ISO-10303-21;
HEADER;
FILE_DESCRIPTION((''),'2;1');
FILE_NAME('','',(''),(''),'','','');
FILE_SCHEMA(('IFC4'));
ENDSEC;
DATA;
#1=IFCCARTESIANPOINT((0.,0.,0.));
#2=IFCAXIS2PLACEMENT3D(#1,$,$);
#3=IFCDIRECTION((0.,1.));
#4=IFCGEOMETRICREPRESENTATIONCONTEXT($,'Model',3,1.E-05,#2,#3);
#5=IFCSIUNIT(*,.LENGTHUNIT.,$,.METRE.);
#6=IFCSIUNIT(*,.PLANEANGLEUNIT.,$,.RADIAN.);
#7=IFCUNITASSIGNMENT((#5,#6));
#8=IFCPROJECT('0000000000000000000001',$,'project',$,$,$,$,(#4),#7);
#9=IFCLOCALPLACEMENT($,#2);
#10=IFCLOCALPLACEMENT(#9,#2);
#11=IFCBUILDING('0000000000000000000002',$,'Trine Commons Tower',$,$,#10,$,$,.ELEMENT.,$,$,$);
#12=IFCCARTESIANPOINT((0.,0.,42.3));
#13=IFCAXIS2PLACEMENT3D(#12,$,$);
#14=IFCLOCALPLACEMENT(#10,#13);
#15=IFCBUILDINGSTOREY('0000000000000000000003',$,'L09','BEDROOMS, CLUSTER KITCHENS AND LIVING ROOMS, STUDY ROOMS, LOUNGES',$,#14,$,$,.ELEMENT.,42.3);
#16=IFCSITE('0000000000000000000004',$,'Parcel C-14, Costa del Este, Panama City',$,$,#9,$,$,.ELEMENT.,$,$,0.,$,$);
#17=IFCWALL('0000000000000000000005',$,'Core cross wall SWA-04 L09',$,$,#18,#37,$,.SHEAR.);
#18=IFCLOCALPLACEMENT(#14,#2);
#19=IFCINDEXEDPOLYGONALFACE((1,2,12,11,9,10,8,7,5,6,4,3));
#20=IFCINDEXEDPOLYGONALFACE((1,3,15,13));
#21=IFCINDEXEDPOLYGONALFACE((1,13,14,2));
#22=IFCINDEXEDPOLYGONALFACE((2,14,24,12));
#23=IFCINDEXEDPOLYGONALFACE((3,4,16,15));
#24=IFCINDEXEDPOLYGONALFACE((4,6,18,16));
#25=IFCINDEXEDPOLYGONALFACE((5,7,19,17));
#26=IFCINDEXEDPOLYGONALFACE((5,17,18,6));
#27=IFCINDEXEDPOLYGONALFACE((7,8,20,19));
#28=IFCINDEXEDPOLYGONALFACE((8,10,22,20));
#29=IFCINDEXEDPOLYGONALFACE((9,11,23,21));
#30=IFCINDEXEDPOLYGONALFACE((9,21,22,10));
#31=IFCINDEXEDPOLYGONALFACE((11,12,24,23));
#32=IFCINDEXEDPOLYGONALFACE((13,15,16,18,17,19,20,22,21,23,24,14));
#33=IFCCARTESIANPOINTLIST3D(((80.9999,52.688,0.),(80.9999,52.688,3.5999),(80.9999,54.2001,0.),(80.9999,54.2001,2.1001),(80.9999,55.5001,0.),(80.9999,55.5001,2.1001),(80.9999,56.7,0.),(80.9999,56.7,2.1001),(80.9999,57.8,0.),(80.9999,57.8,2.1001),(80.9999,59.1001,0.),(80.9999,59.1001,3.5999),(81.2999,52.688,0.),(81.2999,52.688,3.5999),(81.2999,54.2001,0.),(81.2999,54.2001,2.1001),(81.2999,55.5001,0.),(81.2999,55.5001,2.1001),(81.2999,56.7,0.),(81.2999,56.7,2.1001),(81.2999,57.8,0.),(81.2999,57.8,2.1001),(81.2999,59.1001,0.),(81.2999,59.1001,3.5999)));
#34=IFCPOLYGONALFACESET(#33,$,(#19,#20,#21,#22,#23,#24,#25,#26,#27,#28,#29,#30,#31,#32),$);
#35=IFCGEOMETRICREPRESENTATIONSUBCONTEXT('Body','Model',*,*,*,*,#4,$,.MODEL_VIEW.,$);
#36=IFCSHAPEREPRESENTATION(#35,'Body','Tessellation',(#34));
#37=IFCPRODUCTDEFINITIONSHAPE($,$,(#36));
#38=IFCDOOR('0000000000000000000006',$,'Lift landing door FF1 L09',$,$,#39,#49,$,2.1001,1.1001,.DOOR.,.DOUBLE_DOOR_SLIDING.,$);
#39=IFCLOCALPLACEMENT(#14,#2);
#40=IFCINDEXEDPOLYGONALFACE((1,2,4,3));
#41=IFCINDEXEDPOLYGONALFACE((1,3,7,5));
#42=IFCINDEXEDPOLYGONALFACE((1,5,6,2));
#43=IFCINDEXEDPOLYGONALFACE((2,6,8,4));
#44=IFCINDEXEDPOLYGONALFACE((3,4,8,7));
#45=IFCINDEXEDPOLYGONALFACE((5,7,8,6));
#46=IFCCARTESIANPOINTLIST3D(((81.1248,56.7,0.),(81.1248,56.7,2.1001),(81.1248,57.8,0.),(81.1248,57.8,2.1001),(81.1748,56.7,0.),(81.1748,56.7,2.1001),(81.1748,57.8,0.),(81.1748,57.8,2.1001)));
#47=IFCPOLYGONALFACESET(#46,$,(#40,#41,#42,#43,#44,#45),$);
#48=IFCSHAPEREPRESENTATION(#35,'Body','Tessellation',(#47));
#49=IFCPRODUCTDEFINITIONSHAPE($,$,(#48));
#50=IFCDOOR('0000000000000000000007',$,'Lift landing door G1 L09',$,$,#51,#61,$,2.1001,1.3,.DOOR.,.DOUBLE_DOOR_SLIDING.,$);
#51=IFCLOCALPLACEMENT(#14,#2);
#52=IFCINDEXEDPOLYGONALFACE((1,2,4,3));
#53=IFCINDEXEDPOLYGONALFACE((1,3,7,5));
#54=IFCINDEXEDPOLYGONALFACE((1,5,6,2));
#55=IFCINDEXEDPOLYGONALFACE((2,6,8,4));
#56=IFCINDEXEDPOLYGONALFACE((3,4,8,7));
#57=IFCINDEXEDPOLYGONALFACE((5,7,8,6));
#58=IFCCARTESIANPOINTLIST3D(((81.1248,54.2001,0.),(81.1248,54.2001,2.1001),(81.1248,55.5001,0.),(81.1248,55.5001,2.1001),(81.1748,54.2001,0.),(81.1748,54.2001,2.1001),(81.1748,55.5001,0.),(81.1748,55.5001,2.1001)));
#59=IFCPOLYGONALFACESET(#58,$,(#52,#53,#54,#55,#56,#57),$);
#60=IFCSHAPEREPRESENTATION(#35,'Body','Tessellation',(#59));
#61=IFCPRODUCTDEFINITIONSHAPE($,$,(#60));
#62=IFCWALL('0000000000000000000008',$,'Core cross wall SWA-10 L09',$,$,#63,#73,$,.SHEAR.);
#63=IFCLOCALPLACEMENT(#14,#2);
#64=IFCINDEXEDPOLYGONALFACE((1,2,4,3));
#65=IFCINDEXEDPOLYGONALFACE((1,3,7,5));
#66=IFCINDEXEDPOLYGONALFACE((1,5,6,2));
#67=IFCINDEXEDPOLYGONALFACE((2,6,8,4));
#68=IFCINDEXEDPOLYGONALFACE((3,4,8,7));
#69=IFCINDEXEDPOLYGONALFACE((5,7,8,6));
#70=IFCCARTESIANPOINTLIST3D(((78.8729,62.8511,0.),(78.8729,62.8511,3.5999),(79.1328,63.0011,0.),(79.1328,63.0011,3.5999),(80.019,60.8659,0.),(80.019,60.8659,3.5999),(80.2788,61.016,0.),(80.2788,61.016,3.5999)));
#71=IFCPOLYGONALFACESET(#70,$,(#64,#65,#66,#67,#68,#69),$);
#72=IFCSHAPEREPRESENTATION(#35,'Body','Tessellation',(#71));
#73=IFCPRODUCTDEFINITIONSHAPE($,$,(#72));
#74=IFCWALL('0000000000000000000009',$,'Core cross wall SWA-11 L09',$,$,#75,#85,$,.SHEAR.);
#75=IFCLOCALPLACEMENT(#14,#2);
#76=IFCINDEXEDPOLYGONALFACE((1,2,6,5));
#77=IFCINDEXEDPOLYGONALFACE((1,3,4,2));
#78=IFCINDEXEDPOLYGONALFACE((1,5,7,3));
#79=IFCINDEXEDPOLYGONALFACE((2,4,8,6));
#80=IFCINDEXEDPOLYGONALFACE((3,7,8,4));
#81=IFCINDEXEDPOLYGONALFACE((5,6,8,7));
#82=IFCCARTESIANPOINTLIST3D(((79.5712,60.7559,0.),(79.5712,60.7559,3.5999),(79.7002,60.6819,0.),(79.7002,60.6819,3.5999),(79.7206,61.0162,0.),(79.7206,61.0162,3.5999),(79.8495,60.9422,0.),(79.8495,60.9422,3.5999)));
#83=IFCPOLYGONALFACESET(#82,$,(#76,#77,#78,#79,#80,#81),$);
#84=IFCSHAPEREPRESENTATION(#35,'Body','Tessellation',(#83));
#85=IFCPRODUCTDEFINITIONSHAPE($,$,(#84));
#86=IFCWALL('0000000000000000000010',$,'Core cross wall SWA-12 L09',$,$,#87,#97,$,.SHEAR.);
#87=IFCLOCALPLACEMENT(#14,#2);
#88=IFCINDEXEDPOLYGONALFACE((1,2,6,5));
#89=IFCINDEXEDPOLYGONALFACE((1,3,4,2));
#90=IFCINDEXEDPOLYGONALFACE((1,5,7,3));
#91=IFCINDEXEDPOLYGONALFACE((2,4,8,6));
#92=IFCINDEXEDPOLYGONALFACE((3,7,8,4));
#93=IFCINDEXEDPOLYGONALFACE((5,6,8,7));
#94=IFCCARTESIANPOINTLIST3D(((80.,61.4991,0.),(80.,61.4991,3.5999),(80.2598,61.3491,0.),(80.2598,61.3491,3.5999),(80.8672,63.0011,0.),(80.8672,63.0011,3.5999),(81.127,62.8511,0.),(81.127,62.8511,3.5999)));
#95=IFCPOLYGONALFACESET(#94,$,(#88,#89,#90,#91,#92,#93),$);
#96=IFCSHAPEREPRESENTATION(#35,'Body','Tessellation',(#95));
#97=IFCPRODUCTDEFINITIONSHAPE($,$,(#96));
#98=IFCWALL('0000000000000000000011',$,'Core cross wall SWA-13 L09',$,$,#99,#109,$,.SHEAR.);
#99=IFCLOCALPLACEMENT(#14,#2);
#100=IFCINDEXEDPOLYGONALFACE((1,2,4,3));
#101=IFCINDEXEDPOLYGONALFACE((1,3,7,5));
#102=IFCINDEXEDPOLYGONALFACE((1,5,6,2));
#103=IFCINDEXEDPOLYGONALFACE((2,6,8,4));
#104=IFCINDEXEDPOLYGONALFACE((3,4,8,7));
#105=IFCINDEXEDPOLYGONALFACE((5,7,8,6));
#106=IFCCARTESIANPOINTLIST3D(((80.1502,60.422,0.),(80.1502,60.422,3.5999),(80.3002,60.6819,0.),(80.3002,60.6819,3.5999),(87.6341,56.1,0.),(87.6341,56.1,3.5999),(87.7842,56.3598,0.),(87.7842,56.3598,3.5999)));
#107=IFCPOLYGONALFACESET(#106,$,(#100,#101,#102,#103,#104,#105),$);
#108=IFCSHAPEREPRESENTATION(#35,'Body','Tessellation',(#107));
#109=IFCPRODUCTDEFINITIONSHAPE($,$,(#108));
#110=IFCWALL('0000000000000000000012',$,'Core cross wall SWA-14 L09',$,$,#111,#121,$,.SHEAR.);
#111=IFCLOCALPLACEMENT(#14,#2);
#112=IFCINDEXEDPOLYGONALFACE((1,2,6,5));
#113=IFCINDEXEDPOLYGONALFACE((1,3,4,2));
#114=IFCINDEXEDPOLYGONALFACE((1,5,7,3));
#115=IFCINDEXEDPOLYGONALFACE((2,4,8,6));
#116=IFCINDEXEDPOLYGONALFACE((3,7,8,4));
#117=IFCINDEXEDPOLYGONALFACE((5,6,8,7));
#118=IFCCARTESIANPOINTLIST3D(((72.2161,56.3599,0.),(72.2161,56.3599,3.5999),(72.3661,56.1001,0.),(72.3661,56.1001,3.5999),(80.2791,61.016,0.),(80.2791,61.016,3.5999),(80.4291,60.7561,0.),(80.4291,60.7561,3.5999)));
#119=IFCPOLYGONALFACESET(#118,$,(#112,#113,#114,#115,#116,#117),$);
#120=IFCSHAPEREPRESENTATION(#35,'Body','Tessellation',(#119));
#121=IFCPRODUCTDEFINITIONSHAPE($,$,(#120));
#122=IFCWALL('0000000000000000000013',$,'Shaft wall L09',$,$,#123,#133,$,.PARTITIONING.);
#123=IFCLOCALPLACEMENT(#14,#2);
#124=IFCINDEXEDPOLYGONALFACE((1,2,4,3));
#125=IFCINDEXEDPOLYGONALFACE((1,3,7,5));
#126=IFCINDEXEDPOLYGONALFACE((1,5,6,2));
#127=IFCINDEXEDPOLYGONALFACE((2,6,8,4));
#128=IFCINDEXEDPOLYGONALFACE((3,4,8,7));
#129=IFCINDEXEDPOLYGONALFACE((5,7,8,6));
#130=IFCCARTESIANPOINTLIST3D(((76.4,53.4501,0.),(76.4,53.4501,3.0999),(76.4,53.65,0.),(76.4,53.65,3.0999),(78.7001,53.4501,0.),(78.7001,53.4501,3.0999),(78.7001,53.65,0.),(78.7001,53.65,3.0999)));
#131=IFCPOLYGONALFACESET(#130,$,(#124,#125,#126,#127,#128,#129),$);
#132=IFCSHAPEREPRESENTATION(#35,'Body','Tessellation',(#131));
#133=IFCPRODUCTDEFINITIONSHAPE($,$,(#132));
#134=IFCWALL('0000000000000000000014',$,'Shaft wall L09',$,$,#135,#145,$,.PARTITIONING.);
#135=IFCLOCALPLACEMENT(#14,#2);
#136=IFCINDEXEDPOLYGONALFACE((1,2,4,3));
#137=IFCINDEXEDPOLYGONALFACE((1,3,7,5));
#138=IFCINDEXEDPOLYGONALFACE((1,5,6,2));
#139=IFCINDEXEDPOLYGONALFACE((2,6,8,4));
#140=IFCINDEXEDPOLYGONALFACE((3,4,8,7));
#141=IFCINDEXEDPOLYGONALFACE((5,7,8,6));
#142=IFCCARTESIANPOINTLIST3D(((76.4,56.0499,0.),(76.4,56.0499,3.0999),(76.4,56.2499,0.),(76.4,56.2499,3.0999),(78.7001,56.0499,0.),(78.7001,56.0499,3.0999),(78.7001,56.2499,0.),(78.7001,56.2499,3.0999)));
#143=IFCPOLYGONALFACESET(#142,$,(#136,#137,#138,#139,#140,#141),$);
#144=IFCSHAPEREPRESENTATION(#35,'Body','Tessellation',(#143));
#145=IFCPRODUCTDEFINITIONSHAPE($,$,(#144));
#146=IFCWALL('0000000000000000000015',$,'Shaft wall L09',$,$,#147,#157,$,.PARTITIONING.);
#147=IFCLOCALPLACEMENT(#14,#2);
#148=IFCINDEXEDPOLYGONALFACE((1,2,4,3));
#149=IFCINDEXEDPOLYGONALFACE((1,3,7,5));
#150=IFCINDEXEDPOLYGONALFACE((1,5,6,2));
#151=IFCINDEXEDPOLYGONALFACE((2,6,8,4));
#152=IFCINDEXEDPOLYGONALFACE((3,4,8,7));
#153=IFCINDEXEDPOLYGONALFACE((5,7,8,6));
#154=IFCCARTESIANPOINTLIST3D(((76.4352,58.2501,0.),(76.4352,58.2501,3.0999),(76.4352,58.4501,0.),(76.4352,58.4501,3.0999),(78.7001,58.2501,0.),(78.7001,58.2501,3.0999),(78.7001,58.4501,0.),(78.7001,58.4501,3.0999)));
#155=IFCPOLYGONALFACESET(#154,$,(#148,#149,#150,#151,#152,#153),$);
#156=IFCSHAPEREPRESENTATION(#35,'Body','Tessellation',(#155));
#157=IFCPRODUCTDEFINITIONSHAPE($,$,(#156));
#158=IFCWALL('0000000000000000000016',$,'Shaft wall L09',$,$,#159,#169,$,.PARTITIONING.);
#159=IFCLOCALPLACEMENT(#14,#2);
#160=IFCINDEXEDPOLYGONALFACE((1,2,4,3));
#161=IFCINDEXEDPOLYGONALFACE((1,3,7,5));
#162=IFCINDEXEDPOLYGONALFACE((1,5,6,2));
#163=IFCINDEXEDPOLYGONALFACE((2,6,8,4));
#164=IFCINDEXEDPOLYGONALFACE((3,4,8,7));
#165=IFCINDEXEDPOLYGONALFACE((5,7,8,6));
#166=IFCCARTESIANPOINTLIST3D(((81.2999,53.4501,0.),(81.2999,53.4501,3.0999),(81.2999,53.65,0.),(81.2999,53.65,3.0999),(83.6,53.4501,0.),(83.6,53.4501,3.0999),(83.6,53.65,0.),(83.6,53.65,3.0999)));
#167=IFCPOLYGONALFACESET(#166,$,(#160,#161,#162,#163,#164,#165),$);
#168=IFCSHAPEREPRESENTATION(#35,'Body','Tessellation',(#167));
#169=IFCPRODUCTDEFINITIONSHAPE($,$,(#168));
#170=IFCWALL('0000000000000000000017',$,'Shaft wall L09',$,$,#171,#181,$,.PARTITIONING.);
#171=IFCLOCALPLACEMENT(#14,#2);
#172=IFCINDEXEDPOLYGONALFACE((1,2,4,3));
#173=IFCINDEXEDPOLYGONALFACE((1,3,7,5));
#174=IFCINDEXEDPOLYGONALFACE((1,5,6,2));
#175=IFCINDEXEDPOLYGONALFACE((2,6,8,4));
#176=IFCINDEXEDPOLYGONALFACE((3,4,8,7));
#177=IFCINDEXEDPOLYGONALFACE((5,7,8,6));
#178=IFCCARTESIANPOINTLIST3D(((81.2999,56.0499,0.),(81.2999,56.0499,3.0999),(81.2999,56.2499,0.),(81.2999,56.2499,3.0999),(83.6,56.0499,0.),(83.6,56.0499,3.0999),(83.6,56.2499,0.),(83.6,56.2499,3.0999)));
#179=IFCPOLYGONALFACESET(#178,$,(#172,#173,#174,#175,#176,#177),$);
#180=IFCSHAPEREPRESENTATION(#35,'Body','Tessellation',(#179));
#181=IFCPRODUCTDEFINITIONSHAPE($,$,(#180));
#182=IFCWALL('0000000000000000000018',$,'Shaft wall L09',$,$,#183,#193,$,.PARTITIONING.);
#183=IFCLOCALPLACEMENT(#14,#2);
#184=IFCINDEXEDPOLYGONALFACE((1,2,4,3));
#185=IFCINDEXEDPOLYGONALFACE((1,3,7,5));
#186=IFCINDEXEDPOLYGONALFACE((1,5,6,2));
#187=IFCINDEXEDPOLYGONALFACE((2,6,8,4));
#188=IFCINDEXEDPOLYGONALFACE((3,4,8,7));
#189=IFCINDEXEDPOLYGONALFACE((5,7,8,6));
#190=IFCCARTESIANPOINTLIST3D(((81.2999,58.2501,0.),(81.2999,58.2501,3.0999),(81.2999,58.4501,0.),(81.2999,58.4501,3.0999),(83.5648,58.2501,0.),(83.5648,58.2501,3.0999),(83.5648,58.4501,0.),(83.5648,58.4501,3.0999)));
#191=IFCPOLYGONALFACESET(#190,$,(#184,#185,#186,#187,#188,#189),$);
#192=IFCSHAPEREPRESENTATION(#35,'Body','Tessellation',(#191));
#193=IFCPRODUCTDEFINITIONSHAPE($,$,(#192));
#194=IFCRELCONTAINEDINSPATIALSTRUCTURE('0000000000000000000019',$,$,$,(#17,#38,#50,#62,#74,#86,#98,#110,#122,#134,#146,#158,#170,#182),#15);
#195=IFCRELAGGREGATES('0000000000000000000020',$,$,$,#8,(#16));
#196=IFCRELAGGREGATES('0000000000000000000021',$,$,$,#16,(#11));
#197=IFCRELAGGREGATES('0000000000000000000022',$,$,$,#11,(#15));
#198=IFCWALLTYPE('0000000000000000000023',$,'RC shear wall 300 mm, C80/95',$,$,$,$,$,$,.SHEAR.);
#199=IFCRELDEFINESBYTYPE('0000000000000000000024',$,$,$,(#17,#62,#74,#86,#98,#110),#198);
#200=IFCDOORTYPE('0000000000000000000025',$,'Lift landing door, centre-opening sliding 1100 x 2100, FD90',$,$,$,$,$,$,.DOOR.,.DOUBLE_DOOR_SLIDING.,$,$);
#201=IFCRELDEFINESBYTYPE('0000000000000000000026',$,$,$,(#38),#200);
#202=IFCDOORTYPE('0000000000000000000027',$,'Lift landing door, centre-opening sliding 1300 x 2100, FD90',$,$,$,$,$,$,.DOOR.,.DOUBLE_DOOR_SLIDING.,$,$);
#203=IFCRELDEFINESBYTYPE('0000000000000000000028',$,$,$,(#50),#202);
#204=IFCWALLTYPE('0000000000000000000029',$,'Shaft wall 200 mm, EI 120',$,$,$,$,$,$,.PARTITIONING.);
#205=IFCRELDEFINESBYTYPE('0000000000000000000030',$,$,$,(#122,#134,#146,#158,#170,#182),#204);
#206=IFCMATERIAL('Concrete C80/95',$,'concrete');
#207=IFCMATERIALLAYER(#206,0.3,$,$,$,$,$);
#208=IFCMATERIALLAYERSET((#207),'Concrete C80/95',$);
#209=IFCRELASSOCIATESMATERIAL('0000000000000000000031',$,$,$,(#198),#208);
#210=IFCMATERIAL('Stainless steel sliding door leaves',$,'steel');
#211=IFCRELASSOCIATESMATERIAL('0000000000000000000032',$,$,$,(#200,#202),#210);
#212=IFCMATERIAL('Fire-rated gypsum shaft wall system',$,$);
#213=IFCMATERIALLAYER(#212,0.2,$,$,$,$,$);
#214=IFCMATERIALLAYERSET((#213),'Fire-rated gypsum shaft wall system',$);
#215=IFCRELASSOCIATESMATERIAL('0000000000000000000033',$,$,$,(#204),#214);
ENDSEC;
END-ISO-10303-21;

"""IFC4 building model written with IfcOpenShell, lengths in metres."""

from ifc_helpers import new_model, si_unit, direction, frame, frame_2d, origin, place, context, subcontext, project, spatial, rectangle, extrude, material, layer, layer_set, type_object, element, fill, save


model = new_model("IFC4")

# Units and contexts
model_context = context("Model", 3, precision=1e-05, world=origin(), true_north=direction((0.0, 1.0)))
body_context = subcontext(model_context, "Body", "Model", "MODEL_VIEW")
ifc_project = project(units=[si_unit("LENGTHUNIT", "METRE"), si_unit("PLANEANGLEUNIT", "RADIAN")], contexts=[model_context])

# Site, building, storey
site_placement = place(None, origin())
site = spatial("IfcSite", under=ifc_project, at=site_placement, Name="Parcel C-14, Costa del Este, Panama City", CompositionType="ELEMENT", RefElevation=0.0)
building_placement = place(site_placement, origin())
building = spatial("IfcBuilding", under=site, at=building_placement, Name="Trine Commons Tower", CompositionType="ELEMENT")
storey_placement = place(building_placement, frame((0.0, 0.0, 42.3)))
storey = spatial("IfcBuildingStorey", under=building, at=storey_placement, Name="L09", Description="BEDROOMS, CLUSTER KITCHENS AND LIVING ROOMS, STUDY ROOMS, LOUNGES", CompositionType="ELEMENT", Elevation=42.3)

# Shared definitions
ifc_material_1 = material(Name="Fire-rated gypsum shaft wall system")

# Wall, openings, doors
ifc_material_2 = material(Name="Concrete C80/95", Category="concrete")
ifc_layer_1 = layer(ifc_material_2, 0.3)
ifc_layer_set_1 = layer_set([ifc_layer_1], Name="Concrete C80/95")
wall_type_1 = type_object("IfcWallType", Name="RC shear wall 300 mm, C80/95", PredefinedType="SHEAR", material=ifc_layer_set_1)
ifc_material_3 = material(Name="Stainless steel sliding door leaves", Category="steel")
door_type_1 = type_object("IfcDoorType", Name="Lift landing door, centre-opening sliding 1100 x 2100, FD90", OperationType="DOUBLE_DOOR_SLIDING", PredefinedType="DOOR", material=ifc_material_3)
wall_1_placement = place(storey_placement, frame((81.1499, 59.1001, 0.0), z_axis=(0.0, 0.0, 1.0), x_axis=(0.0, -1.0, 0.0)))
wall_1 = element("IfcWall", 1, at=wall_1_placement, inside=storey, type_object=wall_type_1, Name="Core cross wall SWA-04 L09", PredefinedType="SHEAR", context=body_context, shape_type="SweptSolid", body=[
    extrude(rectangle(XDim=6.4121, YDim=0.3, at=frame_2d((3.2061, 0.0))), origin(), (0.0, 0.0, 1.0), 3.5999),
])
opening_1_placement = place(wall_1_placement, frame((3.6001, 0.0, 0.0)))
opening_1 = element("IfcOpeningElement", 2, at=opening_1_placement, cuts=wall_1, PredefinedType="OPENING", context=body_context, shape_type="SweptSolid", body=[
    extrude(rectangle(XDim=1.3, YDim=2.1001, at=frame_2d((0.6499, 1.05))), frame((0.0, 0.1599, 0.0), z_axis=(0.0, -1.0, 0.0), x_axis=(1.0, 0.0, 0.0)), (0.0, 0.0, 1.0), 0.3201),
])
opening_2_placement = place(wall_1_placement, frame((1.3, 0.0, 0.0)))
opening_2 = element("IfcOpeningElement", 3, at=opening_2_placement, cuts=wall_1, PredefinedType="OPENING", context=body_context, shape_type="SweptSolid", body=[
    extrude(rectangle(XDim=1.1001, YDim=2.1001, at=frame_2d((0.55, 1.05))), frame((0.0, 0.1599, 0.0), z_axis=(0.0, -1.0, 0.0), x_axis=(1.0, 0.0, 0.0)), (0.0, 0.0, 1.0), 0.3201),
])
door_1_placement = place(opening_2_placement, origin())
door_1 = element("IfcDoor", 4, at=door_1_placement, inside=storey, type_object=door_type_1, Name="Lift landing door FF1 L09", OperationType="DOUBLE_DOOR_SLIDING", OverallHeight=2.1001, OverallWidth=1.1001, PredefinedType="DOOR", context=body_context, shape_type="SweptSolid", body=[
    extrude(rectangle(XDim=1.1001, YDim=2.1001, at=frame_2d((0.55, 1.05))), frame((0.0, 0.0249, 0.0), z_axis=(0.0, -1.0, 0.0), x_axis=(1.0, 0.0, 0.0)), (0.0, 0.0, 1.0), 0.05),
])
fill(opening_2, door_1)
door_type_2 = type_object("IfcDoorType", Name="Lift landing door, centre-opening sliding 1300 x 2100, FD90", OperationType="DOUBLE_DOOR_SLIDING", PredefinedType="DOOR", material=ifc_material_3)
door_2_placement = place(opening_1_placement, origin())
door_2 = element("IfcDoor", 5, at=door_2_placement, inside=storey, type_object=door_type_2, Name="Lift landing door G1 L09", OperationType="DOUBLE_DOOR_SLIDING", OverallHeight=2.1001, OverallWidth=1.3, PredefinedType="DOOR", context=body_context, shape_type="SweptSolid", body=[
    extrude(rectangle(XDim=1.3, YDim=2.1001, at=frame_2d((0.6499, 1.05))), frame((0.0, 0.0249, 0.0), z_axis=(0.0, -1.0, 0.0), x_axis=(1.0, 0.0, 0.0)), (0.0, 0.0, 1.0), 0.05),
])
fill(opening_1, door_2)

# Walls
wall_2_placement = place(storey_placement, frame((79.0029, 62.926, 0.0), z_axis=(0.0, 0.0, 1.0), x_axis=(0.499965, -0.866045, 0.0)))
element("IfcWall", 6, at=wall_2_placement, inside=storey, type_object=wall_type_1, Name="Core cross wall SWA-10 L09", PredefinedType="SHEAR", context=body_context, shape_type="SweptSolid", body=[
    extrude(rectangle(XDim=2.2922, YDim=0.3, at=frame_2d((1.146, 0.0))), origin(), (0.0, 0.0, 1.0), 3.5999),
])
wall_3_placement = place(storey_placement, frame((79.646, 60.886, 0.0), z_axis=(0.0, 0.0, 1.0), x_axis=(0.867332, -0.49773, 0.0)))
element("IfcWall", 7, at=wall_3_placement, inside=storey, type_object=wall_type_1, Name="Core cross wall SWA-11 L09", PredefinedType="SHEAR", context=body_context, shape_type="SweptSolid", body=[
    extrude(rectangle(XDim=0.1487, YDim=0.3, at=frame_2d((0.0742, 0.0))), origin(), (0.0, 0.0, 1.0), 3.5999),
])
wall_4_placement = place(storey_placement, frame((80.1299, 61.4241, 0.0), z_axis=(0.0, 0.0, 1.0), x_axis=(0.500015, 0.866017, 0.0)))
element("IfcWall", 8, at=wall_4_placement, inside=storey, type_object=wall_type_1, Name="Core cross wall SWA-12 L09", PredefinedType="SHEAR", context=body_context, shape_type="SweptSolid", body=[
    extrude(rectangle(XDim=1.7344, YDim=0.3, at=frame_2d((0.8672, 0.0))), origin(), (0.0, 0.0, 1.0), 3.5999),
])
wall_5_placement = place(storey_placement, frame((80.2251, 60.552, 0.0), z_axis=(0.0, 0.0, 1.0), x_axis=(0.865965, -0.500104, 0.0)))
element("IfcWall", 9, at=wall_5_placement, inside=storey, type_object=wall_type_1, Name="Core cross wall SWA-13 L09", PredefinedType="SHEAR", context=body_context, shape_type="SweptSolid", body=[
    extrude(rectangle(XDim=8.6423, YDim=0.3, at=frame_2d((4.3213, 0.0))), origin(), (0.0, 0.0, 1.0), 3.5999),
])
wall_6_placement = place(storey_placement, frame((80.354, 60.886, 0.0), z_axis=(0.0, 0.0, 1.0), x_axis=(-0.865986, -0.500067, 0.0)))
element("IfcWall", 10, at=wall_6_placement, inside=storey, type_object=wall_type_1, Name="Core cross wall SWA-14 L09", PredefinedType="SHEAR", context=body_context, shape_type="SweptSolid", body=[
    extrude(rectangle(XDim=9.3108, YDim=0.3, at=frame_2d((4.6553, 0.0))), origin(), (0.0, 0.0, 1.0), 3.5999),
])
ifc_layer_2 = layer(ifc_material_1, 0.2)
ifc_layer_set_2 = layer_set([ifc_layer_2], Name="Fire-rated gypsum shaft wall system")
wall_type_2 = type_object("IfcWallType", Name="Shaft wall 200 mm, EI 120", PredefinedType="PARTITIONING", material=ifc_layer_set_2)
for number, where, z_axis, x_axis, name in (
    (11, (78.7, 53.55, 0.0), (0.0, 0.0, 1.0), (-1.0, 0.0, 0.0), "Shaft wall L09"),
    (12, (78.7, 56.1499, 0.0), (0.0, 0.0, 1.0), (-1.0, 0.0, 0.0), "Shaft wall L09"),
):
    element("IfcWall", number, at=place(storey_placement, frame(where, z_axis=z_axis, x_axis=x_axis)), inside=storey, type_object=wall_type_2, Name=name, PredefinedType="PARTITIONING", context=body_context, shape_type="SweptSolid", body=[
        extrude(rectangle(XDim=2.3, YDim=0.2, at=frame_2d((1.1499, 0.0))), origin(), (0.0, 0.0, 1.0), 3.0999),
    ])
wall_7_placement = place(storey_placement, frame((78.7, 58.3501, 0.0), z_axis=(0.0, 0.0, 1.0), x_axis=(-1.0, 0.0, 0.0)))
element("IfcWall", 13, at=wall_7_placement, inside=storey, type_object=wall_type_2, Name="Shaft wall L09", PredefinedType="PARTITIONING", context=body_context, shape_type="SweptSolid", body=[
    extrude(rectangle(XDim=2.2649, YDim=0.2, at=frame_2d((1.1323, 0.0))), origin(), (0.0, 0.0, 1.0), 3.0999),
])
for number, where, z_axis, x_axis, name in (
    (14, (81.3, 53.55, 0.0), (0.0, 0.0, 1.0), (1.0, 0.0, 0.0), "Shaft wall L09"),
    (15, (81.3, 56.1499, 0.0), (0.0, 0.0, 1.0), (1.0, 0.0, 0.0), "Shaft wall L09"),
):
    element("IfcWall", number, at=place(storey_placement, frame(where, z_axis=z_axis, x_axis=x_axis)), inside=storey, type_object=wall_type_2, Name=name, PredefinedType="PARTITIONING", context=body_context, shape_type="SweptSolid", body=[
        extrude(rectangle(XDim=2.3, YDim=0.2, at=frame_2d((1.1499, 0.0))), origin(), (0.0, 0.0, 1.0), 3.0999),
    ])
wall_8_placement = place(storey_placement, frame((81.3, 58.3501, 0.0), z_axis=(0.0, 0.0, 1.0), x_axis=(1.0, 0.0, 0.0)))
element("IfcWall", 16, at=wall_8_placement, inside=storey, type_object=wall_type_2, Name="Shaft wall L09", PredefinedType="PARTITIONING", context=body_context, shape_type="SweptSolid", body=[
    extrude(rectangle(XDim=2.2649, YDim=0.2, at=frame_2d((1.1323, 0.0))), origin(), (0.0, 0.0, 1.0), 3.0999),
])

save(model, "model.ifc")
